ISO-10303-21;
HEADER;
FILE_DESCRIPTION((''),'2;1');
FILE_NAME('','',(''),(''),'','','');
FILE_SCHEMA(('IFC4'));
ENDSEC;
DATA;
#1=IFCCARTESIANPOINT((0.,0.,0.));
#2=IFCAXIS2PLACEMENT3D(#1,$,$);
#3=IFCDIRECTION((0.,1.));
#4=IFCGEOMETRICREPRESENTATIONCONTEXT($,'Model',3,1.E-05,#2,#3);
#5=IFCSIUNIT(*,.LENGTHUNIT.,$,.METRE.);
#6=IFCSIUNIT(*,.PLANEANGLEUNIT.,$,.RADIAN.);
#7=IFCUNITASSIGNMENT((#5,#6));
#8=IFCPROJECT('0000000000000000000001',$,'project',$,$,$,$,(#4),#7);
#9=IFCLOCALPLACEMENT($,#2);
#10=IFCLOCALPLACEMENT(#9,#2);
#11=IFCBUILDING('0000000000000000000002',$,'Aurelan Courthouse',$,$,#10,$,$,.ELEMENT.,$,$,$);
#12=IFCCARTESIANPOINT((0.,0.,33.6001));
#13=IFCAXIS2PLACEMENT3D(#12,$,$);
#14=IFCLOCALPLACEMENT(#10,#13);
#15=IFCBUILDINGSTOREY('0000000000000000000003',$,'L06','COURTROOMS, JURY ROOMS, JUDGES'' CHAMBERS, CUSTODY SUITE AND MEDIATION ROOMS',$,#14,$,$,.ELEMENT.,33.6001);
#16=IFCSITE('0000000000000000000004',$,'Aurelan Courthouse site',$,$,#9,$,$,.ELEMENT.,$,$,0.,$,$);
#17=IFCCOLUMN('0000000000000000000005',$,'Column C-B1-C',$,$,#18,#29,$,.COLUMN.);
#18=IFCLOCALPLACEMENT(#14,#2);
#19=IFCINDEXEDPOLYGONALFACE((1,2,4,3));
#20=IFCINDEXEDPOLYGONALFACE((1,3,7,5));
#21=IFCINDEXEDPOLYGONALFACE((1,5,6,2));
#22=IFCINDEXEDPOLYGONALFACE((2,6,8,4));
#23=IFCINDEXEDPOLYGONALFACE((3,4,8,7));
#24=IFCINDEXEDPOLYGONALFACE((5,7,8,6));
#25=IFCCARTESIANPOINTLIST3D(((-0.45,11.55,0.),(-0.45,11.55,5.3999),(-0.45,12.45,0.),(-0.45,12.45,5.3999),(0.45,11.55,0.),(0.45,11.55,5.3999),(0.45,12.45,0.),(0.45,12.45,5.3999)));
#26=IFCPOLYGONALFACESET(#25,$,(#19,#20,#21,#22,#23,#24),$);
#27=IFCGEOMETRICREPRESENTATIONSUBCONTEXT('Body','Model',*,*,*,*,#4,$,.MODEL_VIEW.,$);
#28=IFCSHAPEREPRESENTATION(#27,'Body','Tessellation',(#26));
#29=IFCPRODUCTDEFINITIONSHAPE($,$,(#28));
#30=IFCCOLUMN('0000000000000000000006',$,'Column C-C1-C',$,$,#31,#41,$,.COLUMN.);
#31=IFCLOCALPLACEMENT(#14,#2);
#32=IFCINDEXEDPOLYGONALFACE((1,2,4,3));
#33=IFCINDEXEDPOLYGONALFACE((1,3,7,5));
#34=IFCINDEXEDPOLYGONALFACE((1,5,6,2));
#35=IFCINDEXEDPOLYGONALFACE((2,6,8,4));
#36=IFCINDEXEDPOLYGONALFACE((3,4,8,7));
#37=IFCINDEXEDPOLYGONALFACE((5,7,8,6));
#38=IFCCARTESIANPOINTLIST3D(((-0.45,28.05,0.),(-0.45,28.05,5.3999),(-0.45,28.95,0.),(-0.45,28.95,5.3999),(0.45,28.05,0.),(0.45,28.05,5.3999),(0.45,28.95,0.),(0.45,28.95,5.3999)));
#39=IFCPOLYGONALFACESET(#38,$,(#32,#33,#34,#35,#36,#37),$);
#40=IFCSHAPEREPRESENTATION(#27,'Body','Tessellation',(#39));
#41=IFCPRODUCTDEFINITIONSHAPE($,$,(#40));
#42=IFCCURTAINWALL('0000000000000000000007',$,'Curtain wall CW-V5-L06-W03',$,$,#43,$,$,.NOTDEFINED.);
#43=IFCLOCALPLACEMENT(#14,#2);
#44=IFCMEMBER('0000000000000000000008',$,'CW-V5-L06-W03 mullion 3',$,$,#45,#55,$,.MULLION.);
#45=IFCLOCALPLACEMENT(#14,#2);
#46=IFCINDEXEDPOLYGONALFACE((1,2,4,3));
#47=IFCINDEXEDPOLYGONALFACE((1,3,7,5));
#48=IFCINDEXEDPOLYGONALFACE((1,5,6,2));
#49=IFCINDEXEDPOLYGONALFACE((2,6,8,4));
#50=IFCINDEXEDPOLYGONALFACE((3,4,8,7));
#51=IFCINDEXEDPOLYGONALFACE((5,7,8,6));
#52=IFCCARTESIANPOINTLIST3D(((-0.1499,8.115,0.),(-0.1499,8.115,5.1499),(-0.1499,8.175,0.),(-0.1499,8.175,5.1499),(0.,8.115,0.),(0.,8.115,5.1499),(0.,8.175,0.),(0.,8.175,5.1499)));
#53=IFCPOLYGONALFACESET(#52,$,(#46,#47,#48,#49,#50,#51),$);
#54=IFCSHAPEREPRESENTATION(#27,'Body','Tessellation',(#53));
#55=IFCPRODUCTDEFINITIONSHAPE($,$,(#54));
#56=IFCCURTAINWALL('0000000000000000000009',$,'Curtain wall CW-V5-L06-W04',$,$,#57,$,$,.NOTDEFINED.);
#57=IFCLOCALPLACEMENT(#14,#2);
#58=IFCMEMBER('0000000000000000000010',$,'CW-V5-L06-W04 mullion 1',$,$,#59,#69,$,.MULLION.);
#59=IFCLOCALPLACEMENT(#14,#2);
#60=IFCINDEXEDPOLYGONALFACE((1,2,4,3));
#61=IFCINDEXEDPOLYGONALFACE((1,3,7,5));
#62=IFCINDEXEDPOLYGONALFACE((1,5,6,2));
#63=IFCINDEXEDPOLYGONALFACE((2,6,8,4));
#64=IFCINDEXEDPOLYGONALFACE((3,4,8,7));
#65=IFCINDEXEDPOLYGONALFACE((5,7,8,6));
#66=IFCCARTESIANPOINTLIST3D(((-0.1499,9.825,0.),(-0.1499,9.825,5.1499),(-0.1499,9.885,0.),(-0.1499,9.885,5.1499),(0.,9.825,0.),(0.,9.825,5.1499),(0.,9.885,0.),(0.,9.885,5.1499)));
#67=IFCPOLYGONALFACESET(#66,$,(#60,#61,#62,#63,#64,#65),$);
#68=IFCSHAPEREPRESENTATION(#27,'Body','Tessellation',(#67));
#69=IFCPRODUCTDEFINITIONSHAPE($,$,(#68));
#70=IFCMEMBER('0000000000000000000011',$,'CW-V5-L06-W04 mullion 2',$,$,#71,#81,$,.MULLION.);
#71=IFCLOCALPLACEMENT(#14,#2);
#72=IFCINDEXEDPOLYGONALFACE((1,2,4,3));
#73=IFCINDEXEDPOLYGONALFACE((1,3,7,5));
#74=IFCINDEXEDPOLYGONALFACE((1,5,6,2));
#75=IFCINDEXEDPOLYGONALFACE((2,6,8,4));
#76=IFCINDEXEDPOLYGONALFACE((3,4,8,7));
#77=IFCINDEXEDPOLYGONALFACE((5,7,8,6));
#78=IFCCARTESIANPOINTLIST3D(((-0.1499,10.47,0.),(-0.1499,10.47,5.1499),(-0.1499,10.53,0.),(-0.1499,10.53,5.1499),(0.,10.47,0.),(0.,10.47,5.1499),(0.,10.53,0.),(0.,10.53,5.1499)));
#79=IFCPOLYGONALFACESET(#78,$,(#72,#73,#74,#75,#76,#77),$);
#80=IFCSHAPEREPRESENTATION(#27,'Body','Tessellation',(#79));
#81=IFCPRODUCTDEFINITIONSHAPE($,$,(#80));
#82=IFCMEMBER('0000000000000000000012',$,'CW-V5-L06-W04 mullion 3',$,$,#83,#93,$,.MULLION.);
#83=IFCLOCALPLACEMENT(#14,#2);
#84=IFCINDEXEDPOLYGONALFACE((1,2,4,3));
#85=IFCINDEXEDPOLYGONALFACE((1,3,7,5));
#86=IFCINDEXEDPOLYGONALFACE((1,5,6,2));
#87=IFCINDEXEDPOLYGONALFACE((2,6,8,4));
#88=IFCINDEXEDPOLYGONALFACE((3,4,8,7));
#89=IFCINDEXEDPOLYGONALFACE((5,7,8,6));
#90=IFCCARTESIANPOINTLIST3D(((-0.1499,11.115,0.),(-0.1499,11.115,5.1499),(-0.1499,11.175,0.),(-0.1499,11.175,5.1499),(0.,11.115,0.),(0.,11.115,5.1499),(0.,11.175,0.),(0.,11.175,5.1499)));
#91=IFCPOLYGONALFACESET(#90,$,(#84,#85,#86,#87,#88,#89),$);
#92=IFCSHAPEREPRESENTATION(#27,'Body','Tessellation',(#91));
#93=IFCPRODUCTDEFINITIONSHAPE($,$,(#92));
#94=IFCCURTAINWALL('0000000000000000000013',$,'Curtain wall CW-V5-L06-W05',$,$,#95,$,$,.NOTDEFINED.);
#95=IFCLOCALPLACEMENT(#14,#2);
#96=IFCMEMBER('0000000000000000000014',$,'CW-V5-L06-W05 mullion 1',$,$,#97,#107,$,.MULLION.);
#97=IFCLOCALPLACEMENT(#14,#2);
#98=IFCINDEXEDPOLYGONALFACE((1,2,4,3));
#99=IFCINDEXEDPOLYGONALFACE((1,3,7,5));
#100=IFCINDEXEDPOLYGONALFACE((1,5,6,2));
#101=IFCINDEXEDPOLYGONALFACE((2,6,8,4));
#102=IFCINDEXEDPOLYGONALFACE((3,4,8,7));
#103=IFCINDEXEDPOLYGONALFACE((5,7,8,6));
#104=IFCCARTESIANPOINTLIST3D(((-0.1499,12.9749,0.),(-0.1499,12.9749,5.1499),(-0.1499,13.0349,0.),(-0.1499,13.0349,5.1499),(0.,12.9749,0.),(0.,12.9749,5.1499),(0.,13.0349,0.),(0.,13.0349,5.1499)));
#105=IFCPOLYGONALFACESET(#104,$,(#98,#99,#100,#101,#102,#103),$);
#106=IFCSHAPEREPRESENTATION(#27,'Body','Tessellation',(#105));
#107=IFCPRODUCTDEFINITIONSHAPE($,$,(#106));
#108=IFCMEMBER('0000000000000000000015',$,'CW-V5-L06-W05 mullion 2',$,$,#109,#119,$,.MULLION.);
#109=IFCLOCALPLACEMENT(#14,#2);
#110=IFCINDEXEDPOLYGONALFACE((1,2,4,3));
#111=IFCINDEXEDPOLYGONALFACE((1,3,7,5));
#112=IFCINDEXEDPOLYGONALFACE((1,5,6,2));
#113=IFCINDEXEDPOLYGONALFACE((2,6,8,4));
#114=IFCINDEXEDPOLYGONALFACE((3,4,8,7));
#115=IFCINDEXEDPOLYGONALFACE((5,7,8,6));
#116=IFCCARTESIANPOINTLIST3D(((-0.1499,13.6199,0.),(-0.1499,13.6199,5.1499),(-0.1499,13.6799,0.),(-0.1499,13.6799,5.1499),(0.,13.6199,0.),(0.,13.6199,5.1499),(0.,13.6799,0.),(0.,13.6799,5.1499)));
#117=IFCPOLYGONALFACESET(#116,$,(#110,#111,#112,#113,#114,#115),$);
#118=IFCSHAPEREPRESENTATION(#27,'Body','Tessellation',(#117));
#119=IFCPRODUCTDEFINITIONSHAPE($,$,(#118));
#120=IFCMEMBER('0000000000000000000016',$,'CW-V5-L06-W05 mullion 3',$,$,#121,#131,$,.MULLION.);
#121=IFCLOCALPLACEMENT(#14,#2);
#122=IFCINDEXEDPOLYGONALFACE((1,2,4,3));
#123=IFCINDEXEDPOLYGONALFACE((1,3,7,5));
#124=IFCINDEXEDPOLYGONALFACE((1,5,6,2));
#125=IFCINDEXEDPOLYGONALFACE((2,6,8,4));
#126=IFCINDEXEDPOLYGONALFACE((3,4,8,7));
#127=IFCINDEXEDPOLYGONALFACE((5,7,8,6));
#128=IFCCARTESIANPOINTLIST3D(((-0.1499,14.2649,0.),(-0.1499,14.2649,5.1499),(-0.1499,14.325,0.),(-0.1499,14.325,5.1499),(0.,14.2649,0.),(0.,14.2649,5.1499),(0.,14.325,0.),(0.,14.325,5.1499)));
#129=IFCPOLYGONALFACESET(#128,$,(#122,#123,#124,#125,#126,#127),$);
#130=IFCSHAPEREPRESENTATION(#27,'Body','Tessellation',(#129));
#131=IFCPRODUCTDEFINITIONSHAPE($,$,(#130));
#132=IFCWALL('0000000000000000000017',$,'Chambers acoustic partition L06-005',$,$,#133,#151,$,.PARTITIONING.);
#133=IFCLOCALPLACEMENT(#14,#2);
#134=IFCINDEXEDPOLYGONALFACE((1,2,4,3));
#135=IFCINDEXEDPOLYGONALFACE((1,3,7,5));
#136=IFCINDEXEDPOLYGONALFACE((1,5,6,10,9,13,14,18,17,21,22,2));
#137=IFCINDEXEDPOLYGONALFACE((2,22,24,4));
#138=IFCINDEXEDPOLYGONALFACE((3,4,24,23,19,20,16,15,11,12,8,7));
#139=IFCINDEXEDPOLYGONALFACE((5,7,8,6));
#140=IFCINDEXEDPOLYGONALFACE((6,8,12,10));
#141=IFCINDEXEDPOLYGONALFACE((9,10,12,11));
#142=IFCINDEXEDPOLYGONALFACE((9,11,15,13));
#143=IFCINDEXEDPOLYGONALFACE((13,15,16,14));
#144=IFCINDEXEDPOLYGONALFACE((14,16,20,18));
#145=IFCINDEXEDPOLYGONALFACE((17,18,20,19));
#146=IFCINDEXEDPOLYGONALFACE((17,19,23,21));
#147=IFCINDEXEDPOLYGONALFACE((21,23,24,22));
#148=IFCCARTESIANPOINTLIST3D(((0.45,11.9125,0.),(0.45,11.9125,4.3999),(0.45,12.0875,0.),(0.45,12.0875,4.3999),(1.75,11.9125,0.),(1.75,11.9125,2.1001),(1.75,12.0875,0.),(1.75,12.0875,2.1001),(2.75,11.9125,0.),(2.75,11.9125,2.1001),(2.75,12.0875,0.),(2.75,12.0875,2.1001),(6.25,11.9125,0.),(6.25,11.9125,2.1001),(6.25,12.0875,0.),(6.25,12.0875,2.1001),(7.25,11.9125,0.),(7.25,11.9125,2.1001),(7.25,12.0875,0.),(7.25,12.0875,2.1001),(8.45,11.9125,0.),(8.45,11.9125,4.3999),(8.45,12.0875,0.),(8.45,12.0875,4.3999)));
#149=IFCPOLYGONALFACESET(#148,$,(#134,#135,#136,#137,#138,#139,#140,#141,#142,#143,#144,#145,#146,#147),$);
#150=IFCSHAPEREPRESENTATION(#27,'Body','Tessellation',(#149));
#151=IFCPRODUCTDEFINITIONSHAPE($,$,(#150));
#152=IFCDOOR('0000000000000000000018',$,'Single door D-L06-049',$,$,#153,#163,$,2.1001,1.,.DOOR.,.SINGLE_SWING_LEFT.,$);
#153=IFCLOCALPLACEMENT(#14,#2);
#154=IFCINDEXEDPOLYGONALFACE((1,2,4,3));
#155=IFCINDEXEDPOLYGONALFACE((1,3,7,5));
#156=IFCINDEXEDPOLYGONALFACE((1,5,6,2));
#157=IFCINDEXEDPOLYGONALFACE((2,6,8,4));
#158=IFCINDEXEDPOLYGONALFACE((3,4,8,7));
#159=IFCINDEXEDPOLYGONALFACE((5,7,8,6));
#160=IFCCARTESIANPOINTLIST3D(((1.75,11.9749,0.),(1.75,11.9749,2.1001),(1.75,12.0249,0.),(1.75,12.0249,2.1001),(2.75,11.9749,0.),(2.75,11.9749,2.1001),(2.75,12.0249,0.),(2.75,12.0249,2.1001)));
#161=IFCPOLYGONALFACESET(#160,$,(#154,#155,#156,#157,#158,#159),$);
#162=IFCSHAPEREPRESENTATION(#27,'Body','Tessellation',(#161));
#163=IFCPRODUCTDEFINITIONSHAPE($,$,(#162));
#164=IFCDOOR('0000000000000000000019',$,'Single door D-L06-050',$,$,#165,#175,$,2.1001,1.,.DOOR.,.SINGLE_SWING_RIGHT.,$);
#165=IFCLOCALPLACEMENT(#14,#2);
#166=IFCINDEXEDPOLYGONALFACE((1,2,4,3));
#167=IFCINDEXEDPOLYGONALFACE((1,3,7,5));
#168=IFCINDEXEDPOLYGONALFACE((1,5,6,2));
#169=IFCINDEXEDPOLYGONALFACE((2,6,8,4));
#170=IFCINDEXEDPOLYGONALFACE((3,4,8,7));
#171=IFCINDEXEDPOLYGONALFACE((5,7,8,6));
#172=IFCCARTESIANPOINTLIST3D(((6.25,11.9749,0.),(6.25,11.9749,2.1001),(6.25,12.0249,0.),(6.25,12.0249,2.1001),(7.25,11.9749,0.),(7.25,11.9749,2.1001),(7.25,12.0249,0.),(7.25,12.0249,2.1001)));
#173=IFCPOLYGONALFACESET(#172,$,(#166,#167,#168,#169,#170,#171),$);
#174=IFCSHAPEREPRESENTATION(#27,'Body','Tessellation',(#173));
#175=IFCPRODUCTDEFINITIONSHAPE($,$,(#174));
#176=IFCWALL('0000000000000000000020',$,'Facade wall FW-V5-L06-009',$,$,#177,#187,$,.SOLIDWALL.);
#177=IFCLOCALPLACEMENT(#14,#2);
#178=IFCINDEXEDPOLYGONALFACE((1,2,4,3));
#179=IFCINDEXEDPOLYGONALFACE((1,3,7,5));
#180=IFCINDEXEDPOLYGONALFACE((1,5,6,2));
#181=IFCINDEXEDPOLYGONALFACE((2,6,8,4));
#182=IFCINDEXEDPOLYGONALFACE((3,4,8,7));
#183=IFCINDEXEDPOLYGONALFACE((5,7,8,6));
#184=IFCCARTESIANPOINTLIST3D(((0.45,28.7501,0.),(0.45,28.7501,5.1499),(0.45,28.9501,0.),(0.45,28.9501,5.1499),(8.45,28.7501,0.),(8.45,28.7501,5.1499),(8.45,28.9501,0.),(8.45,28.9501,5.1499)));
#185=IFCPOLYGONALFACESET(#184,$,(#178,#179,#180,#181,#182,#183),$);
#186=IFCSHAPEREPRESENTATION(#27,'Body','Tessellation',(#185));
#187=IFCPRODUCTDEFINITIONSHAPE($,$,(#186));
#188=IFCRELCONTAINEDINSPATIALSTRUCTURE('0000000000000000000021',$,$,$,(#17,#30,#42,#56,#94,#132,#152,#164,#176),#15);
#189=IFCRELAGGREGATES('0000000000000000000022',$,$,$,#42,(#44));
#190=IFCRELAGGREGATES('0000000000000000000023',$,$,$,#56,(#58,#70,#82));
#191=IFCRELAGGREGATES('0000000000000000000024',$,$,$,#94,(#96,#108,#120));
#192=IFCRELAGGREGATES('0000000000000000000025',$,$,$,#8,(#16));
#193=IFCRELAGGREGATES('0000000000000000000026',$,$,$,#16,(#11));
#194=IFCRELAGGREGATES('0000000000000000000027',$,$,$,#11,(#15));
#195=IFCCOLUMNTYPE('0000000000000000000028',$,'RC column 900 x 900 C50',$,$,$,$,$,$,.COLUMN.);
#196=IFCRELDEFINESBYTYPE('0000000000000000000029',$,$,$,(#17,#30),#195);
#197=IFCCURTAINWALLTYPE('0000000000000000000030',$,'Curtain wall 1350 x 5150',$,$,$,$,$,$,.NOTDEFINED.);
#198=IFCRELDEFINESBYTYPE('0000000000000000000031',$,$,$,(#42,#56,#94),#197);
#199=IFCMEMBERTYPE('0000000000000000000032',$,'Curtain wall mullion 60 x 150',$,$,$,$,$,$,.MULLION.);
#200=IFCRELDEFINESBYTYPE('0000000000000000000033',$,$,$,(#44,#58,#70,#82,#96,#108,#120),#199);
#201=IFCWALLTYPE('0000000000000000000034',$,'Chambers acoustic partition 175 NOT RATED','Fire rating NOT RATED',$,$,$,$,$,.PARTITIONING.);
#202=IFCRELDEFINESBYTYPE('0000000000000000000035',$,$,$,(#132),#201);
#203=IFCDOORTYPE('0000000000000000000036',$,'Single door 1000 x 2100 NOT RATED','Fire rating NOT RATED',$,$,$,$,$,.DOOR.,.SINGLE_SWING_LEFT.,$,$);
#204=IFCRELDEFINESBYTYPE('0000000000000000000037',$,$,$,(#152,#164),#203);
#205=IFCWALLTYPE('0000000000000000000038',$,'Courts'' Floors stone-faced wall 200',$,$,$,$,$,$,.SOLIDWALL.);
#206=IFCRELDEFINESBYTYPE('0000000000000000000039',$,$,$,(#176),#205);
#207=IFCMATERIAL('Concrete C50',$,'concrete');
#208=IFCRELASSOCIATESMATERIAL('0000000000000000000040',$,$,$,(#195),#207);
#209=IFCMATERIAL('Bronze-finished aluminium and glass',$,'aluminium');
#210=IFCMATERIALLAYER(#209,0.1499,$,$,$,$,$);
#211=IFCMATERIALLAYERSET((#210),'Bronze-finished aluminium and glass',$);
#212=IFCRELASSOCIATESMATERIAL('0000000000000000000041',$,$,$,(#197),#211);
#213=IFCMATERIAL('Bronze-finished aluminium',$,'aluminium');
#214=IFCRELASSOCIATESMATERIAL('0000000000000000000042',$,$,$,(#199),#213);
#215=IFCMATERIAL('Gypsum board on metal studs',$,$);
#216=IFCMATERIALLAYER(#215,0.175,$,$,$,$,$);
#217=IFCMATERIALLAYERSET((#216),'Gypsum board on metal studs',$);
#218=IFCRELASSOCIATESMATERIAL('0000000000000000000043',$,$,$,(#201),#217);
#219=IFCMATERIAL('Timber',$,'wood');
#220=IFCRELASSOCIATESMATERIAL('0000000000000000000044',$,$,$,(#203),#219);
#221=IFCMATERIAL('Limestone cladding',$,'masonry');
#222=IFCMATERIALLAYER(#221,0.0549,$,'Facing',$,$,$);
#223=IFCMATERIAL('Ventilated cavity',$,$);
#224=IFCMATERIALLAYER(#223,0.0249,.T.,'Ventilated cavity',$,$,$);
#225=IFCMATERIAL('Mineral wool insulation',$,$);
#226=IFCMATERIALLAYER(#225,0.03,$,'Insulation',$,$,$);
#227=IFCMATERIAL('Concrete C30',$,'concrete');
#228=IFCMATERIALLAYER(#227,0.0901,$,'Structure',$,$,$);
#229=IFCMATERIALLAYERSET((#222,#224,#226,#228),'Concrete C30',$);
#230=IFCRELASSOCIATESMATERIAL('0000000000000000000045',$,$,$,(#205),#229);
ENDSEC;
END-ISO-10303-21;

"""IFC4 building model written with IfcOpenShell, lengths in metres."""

from ifc_helpers import new_model, si_unit, direction, frame, frame_2d, origin, origin_2d, place, context, subcontext, project, spatial, rectangle, extrude, material, layer, layer_set, material_profile, profile_set, type_object, element, fill, aggregate, save


model = new_model("IFC4")

# Units and contexts
model_context = context("Model", 3, precision=1e-05, world=origin(), true_north=direction((0.0, 1.0)))
body_context = subcontext(model_context, "Body", "Model", "MODEL_VIEW")
ifc_project = project(units=[si_unit("LENGTHUNIT", "METRE"), si_unit("PLANEANGLEUNIT", "RADIAN")], contexts=[model_context])

# Site, building, storey
site_placement = place(None, origin())
site = spatial("IfcSite", under=ifc_project, at=site_placement, Name="Aurelan Courthouse site", CompositionType="ELEMENT", RefElevation=0.0)
building_placement = place(site_placement, origin())
building = spatial("IfcBuilding", under=site, at=building_placement, Name="Aurelan Courthouse", CompositionType="ELEMENT")
storey_placement = place(building_placement, frame((0.0, 0.0, 33.6001)))
storey = spatial("IfcBuildingStorey", under=building, at=storey_placement, Name="L06", Description="COURTROOMS, JURY ROOMS, JUDGES' CHAMBERS, CUSTODY SUITE AND MEDIATION ROOMS", CompositionType="ELEMENT", Elevation=33.6001)

# Columns
ifc_material_1 = material(Name="Concrete C50", Category="concrete")
ifc_material_profile_1 = material_profile(ifc_material_1, rectangle(XDim=0.8999, YDim=0.8999, at=origin_2d()), Name="RC 900 x 900")
ifc_profile_set_1 = profile_set([ifc_material_profile_1], Name="Concrete C50")
column_type = type_object("IfcColumnType", Name="RC column 900 x 900 C50", PredefinedType="COLUMN", material=ifc_profile_set_1)
for number, where, z_axis, x_axis, name in (
    (1, (0.0, 12.0, 0.0), (0.0, 0.0, 1.0), (1.0, 0.0, 0.0), "Column C-B1-C"),
    (2, (0.0, 28.5, 0.0), (0.0, 0.0, 1.0), (1.0, 0.0, 0.0), "Column C-C1-C"),
):
    element("IfcColumn", number, at=place(storey_placement, frame(where, z_axis=z_axis, x_axis=x_axis)), inside=storey, type_object=column_type, Name=name, PredefinedType="COLUMN", context=body_context, shape_type="SweptSolid", body=[
        extrude(rectangle(XDim=0.8999, YDim=0.8999, at=origin_2d()), origin(), (0.0, 0.0, 1.0), 5.3999),
    ])

# Curtain wall, member
ifc_material_2 = material(Name="Bronze-finished aluminium and glass", Category="aluminium")
ifc_layer_1 = layer(ifc_material_2, 0.1499)
ifc_layer_set_1 = layer_set([ifc_layer_1], Name="Bronze-finished aluminium and glass")
curtain_wall_type = type_object("IfcCurtainWallType", Name="Curtain wall 1350 x 5150", PredefinedType="NOTDEFINED", material=ifc_layer_set_1)
curtain_wall_1_placement = place(storey_placement, origin())
curtain_wall_1 = element("IfcCurtainWall", 3, at=curtain_wall_1_placement, inside=storey, type_object=curtain_wall_type, Name="Curtain wall CW-V5-L06-W03", PredefinedType="NOTDEFINED")
ifc_material_3 = material(Name="Bronze-finished aluminium", Category="aluminium")
ifc_material_profile_2 = material_profile(ifc_material_3, rectangle(XDim=0.1499, YDim=0.0601, at=origin_2d()), Name="Bronze mullion 60 x 150")
ifc_profile_set_2 = profile_set([ifc_material_profile_2], Name="Bronze-finished aluminium")
member_type = type_object("IfcMemberType", Name="Curtain wall mullion 60 x 150", PredefinedType="MULLION", material=ifc_profile_set_2)
member_1_placement = place(storey_placement, frame((-0.075, 8.145, 0.0), z_axis=(0.0, 0.0, 1.0), x_axis=(-1.0, 0.0, 0.0)))
member_1 = element("IfcMember", 4, at=member_1_placement, type_object=member_type, Name="CW-V5-L06-W03 mullion 3", PredefinedType="MULLION", context=body_context, shape_type="SweptSolid", body=[
    extrude(rectangle(XDim=0.1499, YDim=0.0601, at=origin_2d()), origin(), (0.0, 0.0, 1.0), 5.1499),
])
aggregate(curtain_wall_1, [member_1])

# Curtain walls, members
curtain_wall_2_placement = place(storey_placement, origin())
curtain_wall_2 = element("IfcCurtainWall", 5, at=curtain_wall_2_placement, inside=storey, type_object=curtain_wall_type, Name="Curtain wall CW-V5-L06-W04", PredefinedType="NOTDEFINED")
member_2_placement = place(storey_placement, frame((-0.075, 9.855, 0.0), z_axis=(0.0, 0.0, 1.0), x_axis=(-1.0, 0.0, 0.0)))
member_2 = element("IfcMember", 6, at=member_2_placement, type_object=member_type, Name="CW-V5-L06-W04 mullion 1", PredefinedType="MULLION", context=body_context, shape_type="SweptSolid", body=[
    extrude(rectangle(XDim=0.1499, YDim=0.0601, at=origin_2d()), origin(), (0.0, 0.0, 1.0), 5.1499),
])
member_3_placement = place(storey_placement, frame((-0.075, 10.5, 0.0), z_axis=(0.0, 0.0, 1.0), x_axis=(-1.0, 0.0, 0.0)))
member_3 = element("IfcMember", 7, at=member_3_placement, type_object=member_type, Name="CW-V5-L06-W04 mullion 2", PredefinedType="MULLION", context=body_context, shape_type="SweptSolid", body=[
    extrude(rectangle(XDim=0.1499, YDim=0.0601, at=origin_2d()), origin(), (0.0, 0.0, 1.0), 5.1499),
])
member_4_placement = place(storey_placement, frame((-0.075, 11.145, 0.0), z_axis=(0.0, 0.0, 1.0), x_axis=(-1.0, 0.0, 0.0)))
member_4 = element("IfcMember", 8, at=member_4_placement, type_object=member_type, Name="CW-V5-L06-W04 mullion 3", PredefinedType="MULLION", context=body_context, shape_type="SweptSolid", body=[
    extrude(rectangle(XDim=0.1499, YDim=0.0601, at=origin_2d()), origin(), (0.0, 0.0, 1.0), 5.1499),
])
aggregate(curtain_wall_2, [member_2, member_3, member_4])
curtain_wall_3_placement = place(storey_placement, origin())
curtain_wall_3 = element("IfcCurtainWall", 9, at=curtain_wall_3_placement, inside=storey, type_object=curtain_wall_type, Name="Curtain wall CW-V5-L06-W05", PredefinedType="NOTDEFINED")
member_5_placement = place(storey_placement, frame((-0.075, 13.0049, 0.0), z_axis=(0.0, 0.0, 1.0), x_axis=(-1.0, 0.0, 0.0)))
member_5 = element("IfcMember", 10, at=member_5_placement, type_object=member_type, Name="CW-V5-L06-W05 mullion 1", PredefinedType="MULLION", context=body_context, shape_type="SweptSolid", body=[
    extrude(rectangle(XDim=0.1499, YDim=0.0601, at=origin_2d()), origin(), (0.0, 0.0, 1.0), 5.1499),
])
member_6_placement = place(storey_placement, frame((-0.075, 13.6499, 0.0), z_axis=(0.0, 0.0, 1.0), x_axis=(-1.0, 0.0, 0.0)))
member_6 = element("IfcMember", 11, at=member_6_placement, type_object=member_type, Name="CW-V5-L06-W05 mullion 2", PredefinedType="MULLION", context=body_context, shape_type="SweptSolid", body=[
    extrude(rectangle(XDim=0.1499, YDim=0.0601, at=origin_2d()), origin(), (0.0, 0.0, 1.0), 5.1499),
])
member_7_placement = place(storey_placement, frame((-0.075, 14.2949, 0.0), z_axis=(0.0, 0.0, 1.0), x_axis=(-1.0, 0.0, 0.0)))
member_7 = element("IfcMember", 12, at=member_7_placement, type_object=member_type, Name="CW-V5-L06-W05 mullion 3", PredefinedType="MULLION", context=body_context, shape_type="SweptSolid", body=[
    extrude(rectangle(XDim=0.1499, YDim=0.0601, at=origin_2d()), origin(), (0.0, 0.0, 1.0), 5.1499),
])
aggregate(curtain_wall_3, [member_5, member_6, member_7])

# Wall, openings, doors
ifc_material_4 = material(Name="Gypsum board on metal studs")
ifc_layer_2 = layer(ifc_material_4, 0.175)
ifc_layer_set_2 = layer_set([ifc_layer_2], Name="Gypsum board on metal studs")
wall_type_1 = type_object("IfcWallType", Name="Chambers acoustic partition 175 NOT RATED", Description="Fire rating NOT RATED", PredefinedType="PARTITIONING", material=ifc_layer_set_2)
wall_1_placement = place(storey_placement, frame((0.45, 12.0, 0.0), z_axis=(0.0, 0.0, 1.0), x_axis=(1.0, 0.0, 0.0)))
wall_1 = element("IfcWall", 13, at=wall_1_placement, inside=storey, type_object=wall_type_1, Name="Chambers acoustic partition L06-005", PredefinedType="PARTITIONING", context=body_context, shape_type="SweptSolid", body=[
    extrude(rectangle(XDim=8.0, YDim=0.175, at=frame_2d((4.0, 0.0))), origin(), (0.0, 0.0, 1.0), 4.3999),
])
opening_1_placement = place(wall_1_placement, frame((1.3, 0.0, 0.0)))
opening_1 = element("IfcOpeningElement", 14, at=opening_1_placement, cuts=wall_1, PredefinedType="OPENING", context=body_context, shape_type="SweptSolid", body=[
    extrude(rectangle(XDim=1.0, YDim=2.1001, at=frame_2d((0.5, 1.05))), frame((0.0, 0.0974, 0.0), z_axis=(0.0, -1.0, 0.0), x_axis=(1.0, 0.0, 0.0)), (0.0, 0.0, 1.0), 0.1951),
])
opening_2_placement = place(wall_1_placement, frame((5.8, 0.0, 0.0)))
opening_2 = element("IfcOpeningElement", 15, at=opening_2_placement, cuts=wall_1, PredefinedType="OPENING", context=body_context, shape_type="SweptSolid", body=[
    extrude(rectangle(XDim=1.0, YDim=2.1001, at=frame_2d((0.5, 1.05))), frame((0.0, 0.0974, 0.0), z_axis=(0.0, -1.0, 0.0), x_axis=(1.0, 0.0, 0.0)), (0.0, 0.0, 1.0), 0.1951),
])
ifc_material_5 = material(Name="Timber", Category="wood")
door_type_1 = type_object("IfcDoorType", Name="Single door 1000 x 2100 NOT RATED", Description="Fire rating NOT RATED", OperationType="SINGLE_SWING_LEFT", PredefinedType="DOOR", material=ifc_material_5)
door_1_placement = place(opening_1_placement, origin())
door_1 = element("IfcDoor", 16, at=door_1_placement, inside=storey, type_object=door_type_1, Name="Single door D-L06-049", OperationType="SINGLE_SWING_LEFT", OverallHeight=2.1001, OverallWidth=1.0, PredefinedType="DOOR", context=body_context, shape_type="SweptSolid", body=[
    extrude(rectangle(XDim=1.0, YDim=2.1001, at=frame_2d((0.5, 1.05))), frame((0.0, 0.0249, 0.0), z_axis=(0.0, -1.0, 0.0), x_axis=(1.0, 0.0, 0.0)), (0.0, 0.0, 1.0), 0.05),
])
fill(opening_1, door_1)
door_2_placement = place(opening_2_placement, origin())
door_2 = element("IfcDoor", 17, at=door_2_placement, inside=storey, type_object=door_type_1, Name="Single door D-L06-050", OperationType="SINGLE_SWING_RIGHT", OverallHeight=2.1001, OverallWidth=1.0, PredefinedType="DOOR", context=body_context, shape_type="SweptSolid", body=[
    extrude(rectangle(XDim=1.0, YDim=2.1001, at=frame_2d((0.5, 1.05))), frame((0.0, 0.0249, 0.0), z_axis=(0.0, -1.0, 0.0), x_axis=(1.0, 0.0, 0.0)), (0.0, 0.0, 1.0), 0.05),
])
fill(opening_2, door_2)

# Wall
ifc_material_6 = material(Name="Limestone cladding", Category="masonry")
ifc_layer_3 = layer(ifc_material_6, 0.0549, Name="Facing")
ifc_material_7 = material(Name="Ventilated cavity")
ifc_layer_4 = layer(ifc_material_7, 0.0249, ventilated=True, Name="Ventilated cavity")
ifc_material_8 = material(Name="Mineral wool insulation")
ifc_layer_5 = layer(ifc_material_8, 0.03, Name="Insulation")
ifc_material_9 = material(Name="Concrete C30", Category="concrete")
ifc_layer_6 = layer(ifc_material_9, 0.0901, Name="Structure")
ifc_layer_set_3 = layer_set([ifc_layer_3, ifc_layer_4, ifc_layer_5, ifc_layer_6], Name="Concrete C30")
wall_type_2 = type_object("IfcWallType", Name="Courts' Floors stone-faced wall 200", PredefinedType="SOLIDWALL", material=ifc_layer_set_3)
wall_2_placement = place(storey_placement, frame((0.45, 28.8501, 0.0), z_axis=(0.0, 0.0, 1.0), x_axis=(1.0, 0.0, 0.0)))
element("IfcWall", 18, at=wall_2_placement, inside=storey, type_object=wall_type_2, Name="Facade wall FW-V5-L06-009", PredefinedType="SOLIDWALL", context=body_context, shape_type="SweptSolid", body=[
    extrude(rectangle(XDim=8.0, YDim=0.2, at=frame_2d((4.0, 0.0))), origin(), (0.0, 0.0, 1.0), 5.1499),
])

save(model, "model.ifc")
